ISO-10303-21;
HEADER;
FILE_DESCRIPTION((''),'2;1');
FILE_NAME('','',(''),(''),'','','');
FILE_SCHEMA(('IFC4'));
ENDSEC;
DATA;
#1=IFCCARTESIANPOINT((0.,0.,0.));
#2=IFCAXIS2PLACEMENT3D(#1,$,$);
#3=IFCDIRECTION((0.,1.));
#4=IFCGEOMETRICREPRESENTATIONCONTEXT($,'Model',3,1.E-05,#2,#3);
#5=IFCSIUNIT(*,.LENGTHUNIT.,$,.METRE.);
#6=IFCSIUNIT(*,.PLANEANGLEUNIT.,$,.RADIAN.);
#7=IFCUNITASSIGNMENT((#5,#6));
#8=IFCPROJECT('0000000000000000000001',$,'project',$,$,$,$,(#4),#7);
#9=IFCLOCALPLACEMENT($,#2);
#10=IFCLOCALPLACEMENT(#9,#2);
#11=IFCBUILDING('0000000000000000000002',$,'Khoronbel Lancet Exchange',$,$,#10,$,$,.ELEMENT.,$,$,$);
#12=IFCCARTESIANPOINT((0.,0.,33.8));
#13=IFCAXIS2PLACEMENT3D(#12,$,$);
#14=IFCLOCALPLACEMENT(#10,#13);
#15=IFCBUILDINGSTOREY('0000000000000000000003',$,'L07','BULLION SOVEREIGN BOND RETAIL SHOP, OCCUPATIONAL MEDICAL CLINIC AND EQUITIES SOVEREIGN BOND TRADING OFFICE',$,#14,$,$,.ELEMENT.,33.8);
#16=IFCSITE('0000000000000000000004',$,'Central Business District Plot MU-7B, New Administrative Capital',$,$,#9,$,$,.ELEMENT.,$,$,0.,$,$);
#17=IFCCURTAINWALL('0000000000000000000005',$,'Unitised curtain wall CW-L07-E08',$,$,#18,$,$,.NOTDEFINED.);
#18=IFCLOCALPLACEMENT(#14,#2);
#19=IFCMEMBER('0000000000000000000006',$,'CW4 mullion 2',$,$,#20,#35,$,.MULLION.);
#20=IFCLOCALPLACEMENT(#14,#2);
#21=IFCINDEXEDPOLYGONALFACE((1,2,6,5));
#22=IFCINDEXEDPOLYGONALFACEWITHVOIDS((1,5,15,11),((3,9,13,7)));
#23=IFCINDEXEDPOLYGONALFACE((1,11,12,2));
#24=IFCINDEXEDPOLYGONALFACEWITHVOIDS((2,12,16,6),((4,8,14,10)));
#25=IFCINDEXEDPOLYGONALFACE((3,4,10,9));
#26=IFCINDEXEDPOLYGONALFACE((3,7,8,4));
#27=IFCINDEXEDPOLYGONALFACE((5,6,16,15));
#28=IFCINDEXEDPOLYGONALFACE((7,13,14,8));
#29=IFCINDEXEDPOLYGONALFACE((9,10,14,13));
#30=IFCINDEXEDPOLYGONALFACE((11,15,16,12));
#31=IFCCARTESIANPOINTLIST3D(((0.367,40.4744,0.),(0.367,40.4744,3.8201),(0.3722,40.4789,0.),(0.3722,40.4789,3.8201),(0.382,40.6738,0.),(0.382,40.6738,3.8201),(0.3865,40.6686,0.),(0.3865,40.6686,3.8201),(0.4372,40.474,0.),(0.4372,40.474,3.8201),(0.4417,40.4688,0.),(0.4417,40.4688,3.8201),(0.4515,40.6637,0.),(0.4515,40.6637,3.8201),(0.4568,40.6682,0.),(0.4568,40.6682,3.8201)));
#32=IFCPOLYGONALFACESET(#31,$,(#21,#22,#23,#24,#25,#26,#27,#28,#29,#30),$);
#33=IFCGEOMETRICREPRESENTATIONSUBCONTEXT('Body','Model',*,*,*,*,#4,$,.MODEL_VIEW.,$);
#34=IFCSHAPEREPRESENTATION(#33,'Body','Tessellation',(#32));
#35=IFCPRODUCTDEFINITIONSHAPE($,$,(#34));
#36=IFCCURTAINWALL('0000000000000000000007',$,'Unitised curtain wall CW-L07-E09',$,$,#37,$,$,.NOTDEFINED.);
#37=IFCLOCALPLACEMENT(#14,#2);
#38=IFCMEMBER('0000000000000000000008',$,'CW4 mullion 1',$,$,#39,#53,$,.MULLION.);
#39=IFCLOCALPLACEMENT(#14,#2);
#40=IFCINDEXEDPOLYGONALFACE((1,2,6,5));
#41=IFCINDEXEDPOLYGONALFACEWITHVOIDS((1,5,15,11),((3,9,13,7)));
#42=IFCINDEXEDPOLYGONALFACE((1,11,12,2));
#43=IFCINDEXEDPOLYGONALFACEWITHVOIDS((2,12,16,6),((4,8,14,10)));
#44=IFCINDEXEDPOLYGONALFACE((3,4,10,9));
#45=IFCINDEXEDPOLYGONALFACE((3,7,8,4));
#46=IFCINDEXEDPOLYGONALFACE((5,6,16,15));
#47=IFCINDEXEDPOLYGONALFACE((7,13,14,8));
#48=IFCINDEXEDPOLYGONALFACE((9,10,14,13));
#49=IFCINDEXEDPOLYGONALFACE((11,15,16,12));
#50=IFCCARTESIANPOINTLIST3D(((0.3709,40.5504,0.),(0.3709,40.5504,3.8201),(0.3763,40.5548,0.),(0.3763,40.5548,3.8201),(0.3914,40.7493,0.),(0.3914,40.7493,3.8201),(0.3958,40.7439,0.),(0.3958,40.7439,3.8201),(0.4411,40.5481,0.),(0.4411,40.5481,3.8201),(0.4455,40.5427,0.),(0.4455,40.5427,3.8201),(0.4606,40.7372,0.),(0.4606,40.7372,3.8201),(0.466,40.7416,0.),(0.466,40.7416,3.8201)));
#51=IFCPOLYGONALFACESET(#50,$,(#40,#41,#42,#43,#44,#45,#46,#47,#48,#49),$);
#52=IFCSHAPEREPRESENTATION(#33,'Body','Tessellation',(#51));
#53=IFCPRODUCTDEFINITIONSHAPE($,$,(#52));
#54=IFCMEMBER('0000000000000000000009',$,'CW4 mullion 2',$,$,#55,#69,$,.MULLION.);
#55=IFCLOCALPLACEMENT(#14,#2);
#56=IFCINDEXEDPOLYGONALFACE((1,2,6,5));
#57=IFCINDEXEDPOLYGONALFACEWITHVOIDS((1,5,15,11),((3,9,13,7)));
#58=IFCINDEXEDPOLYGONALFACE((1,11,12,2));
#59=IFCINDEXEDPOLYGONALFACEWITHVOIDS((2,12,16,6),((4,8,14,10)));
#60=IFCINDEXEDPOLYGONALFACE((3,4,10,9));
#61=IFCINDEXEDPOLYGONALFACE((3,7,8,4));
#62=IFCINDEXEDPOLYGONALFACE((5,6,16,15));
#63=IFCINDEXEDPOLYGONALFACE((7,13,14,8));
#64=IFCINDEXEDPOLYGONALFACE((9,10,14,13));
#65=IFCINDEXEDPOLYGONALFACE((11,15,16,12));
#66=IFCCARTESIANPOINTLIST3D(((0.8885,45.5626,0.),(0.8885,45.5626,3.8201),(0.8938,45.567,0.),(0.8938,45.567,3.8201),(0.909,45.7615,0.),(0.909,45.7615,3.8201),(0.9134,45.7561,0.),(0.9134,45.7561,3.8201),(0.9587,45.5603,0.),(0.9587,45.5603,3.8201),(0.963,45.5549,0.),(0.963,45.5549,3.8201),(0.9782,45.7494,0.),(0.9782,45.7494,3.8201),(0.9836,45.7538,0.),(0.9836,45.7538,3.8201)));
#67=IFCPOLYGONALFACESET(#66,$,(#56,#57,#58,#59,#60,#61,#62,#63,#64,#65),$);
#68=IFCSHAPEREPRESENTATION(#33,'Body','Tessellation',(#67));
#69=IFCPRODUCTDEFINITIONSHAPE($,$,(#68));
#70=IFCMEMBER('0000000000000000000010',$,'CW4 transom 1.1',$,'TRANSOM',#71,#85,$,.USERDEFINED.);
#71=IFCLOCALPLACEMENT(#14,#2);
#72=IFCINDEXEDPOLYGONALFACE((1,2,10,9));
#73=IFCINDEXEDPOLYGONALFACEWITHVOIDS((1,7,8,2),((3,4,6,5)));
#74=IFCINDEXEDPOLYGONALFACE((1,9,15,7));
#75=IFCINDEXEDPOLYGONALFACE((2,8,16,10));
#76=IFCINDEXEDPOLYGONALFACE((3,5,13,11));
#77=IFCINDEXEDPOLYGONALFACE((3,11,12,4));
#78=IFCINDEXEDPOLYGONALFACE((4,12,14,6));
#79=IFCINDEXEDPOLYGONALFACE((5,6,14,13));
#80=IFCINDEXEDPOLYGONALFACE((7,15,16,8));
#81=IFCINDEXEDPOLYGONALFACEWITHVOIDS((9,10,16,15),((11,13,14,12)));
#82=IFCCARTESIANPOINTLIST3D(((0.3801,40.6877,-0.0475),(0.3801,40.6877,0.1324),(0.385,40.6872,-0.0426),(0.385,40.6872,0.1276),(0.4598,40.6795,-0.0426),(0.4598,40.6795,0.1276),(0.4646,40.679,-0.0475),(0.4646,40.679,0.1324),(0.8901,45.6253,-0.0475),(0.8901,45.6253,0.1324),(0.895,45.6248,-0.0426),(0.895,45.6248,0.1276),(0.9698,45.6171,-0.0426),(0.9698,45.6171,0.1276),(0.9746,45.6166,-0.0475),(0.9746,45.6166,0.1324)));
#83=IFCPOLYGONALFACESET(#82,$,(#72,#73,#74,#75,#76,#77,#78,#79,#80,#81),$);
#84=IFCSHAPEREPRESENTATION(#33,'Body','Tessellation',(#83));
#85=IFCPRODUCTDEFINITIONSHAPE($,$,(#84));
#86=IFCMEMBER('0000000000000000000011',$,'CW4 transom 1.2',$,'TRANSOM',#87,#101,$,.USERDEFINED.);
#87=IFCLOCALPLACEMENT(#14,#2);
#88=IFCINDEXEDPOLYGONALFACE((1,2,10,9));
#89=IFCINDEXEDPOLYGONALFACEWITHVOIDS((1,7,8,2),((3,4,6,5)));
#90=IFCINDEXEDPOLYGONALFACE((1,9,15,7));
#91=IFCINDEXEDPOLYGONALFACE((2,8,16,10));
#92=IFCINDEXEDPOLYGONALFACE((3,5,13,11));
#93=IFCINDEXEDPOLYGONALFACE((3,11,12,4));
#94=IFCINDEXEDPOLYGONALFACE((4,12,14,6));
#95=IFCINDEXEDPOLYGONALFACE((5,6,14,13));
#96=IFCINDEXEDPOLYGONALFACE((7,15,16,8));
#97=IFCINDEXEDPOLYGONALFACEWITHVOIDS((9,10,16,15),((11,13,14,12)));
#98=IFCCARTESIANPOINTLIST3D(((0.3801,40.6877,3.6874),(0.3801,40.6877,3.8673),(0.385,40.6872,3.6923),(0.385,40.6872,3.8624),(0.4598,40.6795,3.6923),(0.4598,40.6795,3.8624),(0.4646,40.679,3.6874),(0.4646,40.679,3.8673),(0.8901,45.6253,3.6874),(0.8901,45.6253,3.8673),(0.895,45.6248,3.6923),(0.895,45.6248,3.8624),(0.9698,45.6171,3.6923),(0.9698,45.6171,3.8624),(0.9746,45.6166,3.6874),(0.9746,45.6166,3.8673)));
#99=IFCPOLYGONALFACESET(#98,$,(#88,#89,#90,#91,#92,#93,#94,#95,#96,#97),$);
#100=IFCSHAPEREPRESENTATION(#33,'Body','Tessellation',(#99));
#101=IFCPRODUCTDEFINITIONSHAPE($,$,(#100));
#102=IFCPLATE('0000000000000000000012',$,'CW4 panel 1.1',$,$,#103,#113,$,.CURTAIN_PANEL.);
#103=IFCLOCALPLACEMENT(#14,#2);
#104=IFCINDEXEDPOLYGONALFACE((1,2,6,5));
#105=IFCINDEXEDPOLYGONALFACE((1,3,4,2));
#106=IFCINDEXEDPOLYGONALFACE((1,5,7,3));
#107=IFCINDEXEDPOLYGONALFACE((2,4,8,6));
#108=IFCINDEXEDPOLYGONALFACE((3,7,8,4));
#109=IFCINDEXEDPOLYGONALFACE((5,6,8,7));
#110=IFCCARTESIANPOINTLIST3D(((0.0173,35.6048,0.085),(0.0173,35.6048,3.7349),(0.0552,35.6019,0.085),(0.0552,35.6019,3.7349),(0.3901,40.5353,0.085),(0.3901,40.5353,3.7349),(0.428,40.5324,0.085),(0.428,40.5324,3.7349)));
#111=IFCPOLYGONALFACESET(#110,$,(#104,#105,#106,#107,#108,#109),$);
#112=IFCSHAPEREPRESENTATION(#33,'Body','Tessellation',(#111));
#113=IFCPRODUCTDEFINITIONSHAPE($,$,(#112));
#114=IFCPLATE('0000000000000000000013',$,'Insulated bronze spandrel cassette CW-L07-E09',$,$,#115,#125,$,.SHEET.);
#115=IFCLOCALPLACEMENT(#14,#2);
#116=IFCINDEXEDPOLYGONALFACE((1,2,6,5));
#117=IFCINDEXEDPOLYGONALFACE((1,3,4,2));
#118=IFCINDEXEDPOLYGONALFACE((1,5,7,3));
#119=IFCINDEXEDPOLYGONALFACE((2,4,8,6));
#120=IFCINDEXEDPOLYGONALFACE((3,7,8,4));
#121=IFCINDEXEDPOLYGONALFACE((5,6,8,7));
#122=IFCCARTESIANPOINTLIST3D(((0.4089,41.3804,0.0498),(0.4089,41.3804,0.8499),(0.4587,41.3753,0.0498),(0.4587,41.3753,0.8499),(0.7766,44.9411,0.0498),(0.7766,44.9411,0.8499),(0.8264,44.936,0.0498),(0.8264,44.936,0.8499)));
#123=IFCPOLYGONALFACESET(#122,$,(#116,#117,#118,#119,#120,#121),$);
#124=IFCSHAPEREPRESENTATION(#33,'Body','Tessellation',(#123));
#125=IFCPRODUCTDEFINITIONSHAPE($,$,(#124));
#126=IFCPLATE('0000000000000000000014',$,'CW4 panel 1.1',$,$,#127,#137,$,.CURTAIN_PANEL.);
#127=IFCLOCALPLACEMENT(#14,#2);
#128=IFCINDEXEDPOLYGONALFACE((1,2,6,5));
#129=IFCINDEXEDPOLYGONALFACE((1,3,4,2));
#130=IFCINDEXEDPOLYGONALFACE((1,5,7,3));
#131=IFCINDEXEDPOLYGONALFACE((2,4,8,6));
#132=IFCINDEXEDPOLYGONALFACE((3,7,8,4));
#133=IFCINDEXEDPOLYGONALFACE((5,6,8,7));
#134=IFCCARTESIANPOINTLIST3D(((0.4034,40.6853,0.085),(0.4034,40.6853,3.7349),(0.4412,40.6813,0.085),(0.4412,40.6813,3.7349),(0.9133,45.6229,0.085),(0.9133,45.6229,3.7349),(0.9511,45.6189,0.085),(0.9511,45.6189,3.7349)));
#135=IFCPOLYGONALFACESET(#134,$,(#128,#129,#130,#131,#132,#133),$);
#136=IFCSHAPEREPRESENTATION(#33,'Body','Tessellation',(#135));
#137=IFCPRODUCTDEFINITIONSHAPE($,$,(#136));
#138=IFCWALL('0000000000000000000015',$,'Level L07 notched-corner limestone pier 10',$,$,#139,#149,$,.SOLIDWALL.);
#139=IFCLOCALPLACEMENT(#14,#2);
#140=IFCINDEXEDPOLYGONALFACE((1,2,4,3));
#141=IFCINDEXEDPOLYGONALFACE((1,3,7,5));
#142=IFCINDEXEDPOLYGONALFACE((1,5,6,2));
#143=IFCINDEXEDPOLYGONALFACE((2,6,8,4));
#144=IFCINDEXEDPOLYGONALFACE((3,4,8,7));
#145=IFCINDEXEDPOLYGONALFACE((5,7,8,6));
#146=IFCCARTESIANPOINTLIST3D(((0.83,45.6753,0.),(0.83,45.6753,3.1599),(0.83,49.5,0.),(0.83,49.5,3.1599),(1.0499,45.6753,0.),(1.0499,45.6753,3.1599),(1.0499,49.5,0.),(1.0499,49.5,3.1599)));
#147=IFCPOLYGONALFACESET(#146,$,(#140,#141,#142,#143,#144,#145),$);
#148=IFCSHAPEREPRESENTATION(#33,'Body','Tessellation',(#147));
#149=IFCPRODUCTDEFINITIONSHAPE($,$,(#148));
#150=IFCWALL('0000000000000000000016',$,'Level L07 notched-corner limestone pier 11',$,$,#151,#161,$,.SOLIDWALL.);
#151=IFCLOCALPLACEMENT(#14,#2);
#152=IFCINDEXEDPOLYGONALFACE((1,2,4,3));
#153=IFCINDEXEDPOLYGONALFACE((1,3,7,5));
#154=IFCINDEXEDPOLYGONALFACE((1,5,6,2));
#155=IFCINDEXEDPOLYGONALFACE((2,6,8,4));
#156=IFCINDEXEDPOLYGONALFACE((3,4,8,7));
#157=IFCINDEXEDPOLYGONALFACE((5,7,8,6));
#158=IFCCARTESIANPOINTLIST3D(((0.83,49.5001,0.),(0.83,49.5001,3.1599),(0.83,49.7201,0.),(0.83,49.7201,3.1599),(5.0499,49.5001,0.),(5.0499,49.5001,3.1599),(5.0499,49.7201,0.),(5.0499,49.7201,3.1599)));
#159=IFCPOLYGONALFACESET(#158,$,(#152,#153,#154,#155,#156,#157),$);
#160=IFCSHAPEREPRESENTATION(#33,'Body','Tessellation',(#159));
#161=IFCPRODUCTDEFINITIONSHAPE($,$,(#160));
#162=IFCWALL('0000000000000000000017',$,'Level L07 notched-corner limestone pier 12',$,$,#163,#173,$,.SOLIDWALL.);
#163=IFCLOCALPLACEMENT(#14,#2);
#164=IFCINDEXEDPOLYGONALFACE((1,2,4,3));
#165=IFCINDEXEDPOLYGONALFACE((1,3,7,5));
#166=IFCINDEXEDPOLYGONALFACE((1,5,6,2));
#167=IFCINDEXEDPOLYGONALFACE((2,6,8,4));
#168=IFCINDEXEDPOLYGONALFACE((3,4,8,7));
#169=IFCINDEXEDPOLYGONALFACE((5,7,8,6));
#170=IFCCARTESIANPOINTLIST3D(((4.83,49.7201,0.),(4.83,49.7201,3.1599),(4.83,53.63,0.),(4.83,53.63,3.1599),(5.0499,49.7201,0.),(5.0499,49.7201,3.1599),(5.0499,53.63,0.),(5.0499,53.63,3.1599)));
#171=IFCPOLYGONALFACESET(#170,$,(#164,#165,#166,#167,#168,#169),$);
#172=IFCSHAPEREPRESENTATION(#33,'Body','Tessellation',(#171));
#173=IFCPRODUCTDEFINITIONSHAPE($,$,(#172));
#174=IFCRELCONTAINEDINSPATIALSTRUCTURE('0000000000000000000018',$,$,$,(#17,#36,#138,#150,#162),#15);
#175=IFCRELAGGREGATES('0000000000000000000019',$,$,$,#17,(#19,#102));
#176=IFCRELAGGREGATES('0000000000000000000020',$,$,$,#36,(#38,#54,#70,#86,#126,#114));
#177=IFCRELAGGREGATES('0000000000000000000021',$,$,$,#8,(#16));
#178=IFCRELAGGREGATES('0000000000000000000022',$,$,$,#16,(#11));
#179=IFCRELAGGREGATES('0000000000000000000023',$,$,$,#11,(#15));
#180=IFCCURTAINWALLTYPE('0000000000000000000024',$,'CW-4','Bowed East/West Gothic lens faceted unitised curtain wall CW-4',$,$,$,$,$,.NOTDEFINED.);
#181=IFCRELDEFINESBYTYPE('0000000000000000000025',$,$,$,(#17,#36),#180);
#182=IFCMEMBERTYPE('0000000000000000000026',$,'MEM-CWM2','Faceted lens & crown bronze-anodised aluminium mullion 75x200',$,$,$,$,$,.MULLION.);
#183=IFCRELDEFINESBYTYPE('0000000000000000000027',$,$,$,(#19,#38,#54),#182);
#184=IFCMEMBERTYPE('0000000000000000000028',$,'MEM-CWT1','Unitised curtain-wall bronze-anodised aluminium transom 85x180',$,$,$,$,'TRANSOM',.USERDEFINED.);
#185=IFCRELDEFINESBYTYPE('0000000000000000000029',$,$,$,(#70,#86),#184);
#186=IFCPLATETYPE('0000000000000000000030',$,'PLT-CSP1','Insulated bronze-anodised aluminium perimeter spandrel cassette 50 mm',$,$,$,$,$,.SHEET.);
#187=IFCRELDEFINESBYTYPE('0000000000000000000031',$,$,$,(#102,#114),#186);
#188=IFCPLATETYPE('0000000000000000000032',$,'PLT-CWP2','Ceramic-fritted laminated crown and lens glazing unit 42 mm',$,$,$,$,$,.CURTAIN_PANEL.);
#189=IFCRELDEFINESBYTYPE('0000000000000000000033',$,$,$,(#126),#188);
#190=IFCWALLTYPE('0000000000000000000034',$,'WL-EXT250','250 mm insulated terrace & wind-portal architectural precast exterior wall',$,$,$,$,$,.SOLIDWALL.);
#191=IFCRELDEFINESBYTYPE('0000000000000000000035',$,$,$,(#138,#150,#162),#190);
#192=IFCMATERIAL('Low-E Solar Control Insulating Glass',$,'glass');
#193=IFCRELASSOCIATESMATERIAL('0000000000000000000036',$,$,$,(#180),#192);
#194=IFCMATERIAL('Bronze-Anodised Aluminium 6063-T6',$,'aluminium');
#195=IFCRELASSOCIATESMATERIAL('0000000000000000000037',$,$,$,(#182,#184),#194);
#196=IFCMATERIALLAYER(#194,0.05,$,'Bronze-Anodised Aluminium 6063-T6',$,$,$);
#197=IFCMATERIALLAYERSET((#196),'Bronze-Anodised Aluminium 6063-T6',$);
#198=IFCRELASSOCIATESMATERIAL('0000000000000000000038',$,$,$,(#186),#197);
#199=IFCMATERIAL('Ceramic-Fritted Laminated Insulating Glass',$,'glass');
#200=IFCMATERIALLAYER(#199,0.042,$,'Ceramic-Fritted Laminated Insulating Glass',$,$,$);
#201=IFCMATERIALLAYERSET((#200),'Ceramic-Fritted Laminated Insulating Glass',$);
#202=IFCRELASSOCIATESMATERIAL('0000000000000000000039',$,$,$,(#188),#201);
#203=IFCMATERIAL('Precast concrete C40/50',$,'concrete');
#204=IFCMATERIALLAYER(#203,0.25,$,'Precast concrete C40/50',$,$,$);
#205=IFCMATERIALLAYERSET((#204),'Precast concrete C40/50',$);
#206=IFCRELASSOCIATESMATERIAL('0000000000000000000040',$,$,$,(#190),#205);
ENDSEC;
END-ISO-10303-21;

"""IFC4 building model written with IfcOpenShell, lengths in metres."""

from ifc_helpers import new_model, si_unit, direction, frame, frame_2d, origin, origin_2d, place, context, subcontext, project, spatial, rectangle, hollow_rectangle, extrude, material, layer, layer_set, material_profile, profile_set, type_object, element, aggregate, save


model = new_model("IFC4")

# Units and contexts
model_context = context("Model", 3, precision=1e-05, world=origin(), true_north=direction((0.0, 1.0)))
body_context = subcontext(model_context, "Body", "Model", "MODEL_VIEW")
ifc_project = project(units=[si_unit("LENGTHUNIT", "METRE"), si_unit("PLANEANGLEUNIT", "RADIAN")], contexts=[model_context])

# Site, building, storey
site_placement = place(None, origin())
site = spatial("IfcSite", under=ifc_project, at=site_placement, Name="Central Business District Plot MU-7B, New Administrative Capital", CompositionType="ELEMENT", RefElevation=0.0)
building_placement = place(site_placement, origin())
building = spatial("IfcBuilding", under=site, at=building_placement, Name="Khoronbel Lancet Exchange", CompositionType="ELEMENT")
storey_placement = place(building_placement, frame((0.0, 0.0, 33.8)))
storey = spatial("IfcBuildingStorey", under=building, at=storey_placement, Name="L07", Description="BULLION SOVEREIGN BOND RETAIL SHOP, OCCUPATIONAL MEDICAL CLINIC AND EQUITIES SOVEREIGN BOND TRADING OFFICE", CompositionType="ELEMENT", Elevation=33.8)

# Curtain wall, member
ifc_material_1 = material(Name="Low-E Solar Control Insulating Glass", Category="glass")
ifc_material_2 = material(Name="Bronze-Anodised Aluminium 6063-T6", Category="aluminium")
curtain_wall_type_1 = type_object("IfcCurtainWallType", Name="CW-4", Description="Bowed East/West Gothic lens faceted unitised curtain wall CW-4", PredefinedType="NOTDEFINED", material=ifc_material_1)
curtain_wall_1_placement = place(storey_placement, origin())
curtain_wall_1 = element("IfcCurtainWall", 1, at=curtain_wall_1_placement, inside=storey, type_object=curtain_wall_type_1, Name="Unitised curtain wall CW-L07-E08", PredefinedType="NOTDEFINED")
ifc_material_profile_1 = material_profile(ifc_material_2, hollow_rectangle(XDim=0.075, YDim=0.2, WallThickness=0.0049, at=origin_2d()), Name="ALU MULLION 75x200")
ifc_profile_set_1 = profile_set([ifc_material_profile_1], Name="Bronze-Anodised Aluminium 6063-T6")
member_type_1 = type_object("IfcMemberType", Name="MEM-CWM2", Description="Faceted lens & crown bronze-anodised aluminium mullion 75x200", PredefinedType="MULLION", material=ifc_profile_set_1)
member_1_placement = place(storey_placement, frame((0.4119, 40.5713, 0.0), z_axis=(0.0, 0.0, 1.0), x_axis=(-0.997154, 0.075395, 0.0)))
member_1 = element("IfcMember", 2, at=member_1_placement, type_object=member_type_1, Name="CW4 mullion 2", PredefinedType="MULLION", context=body_context, shape_type="SweptSolid", body=[
    extrude(hollow_rectangle(XDim=0.075, YDim=0.2, WallThickness=0.0049, at=origin_2d()), origin(), (0.0, 0.0, 1.0), 3.8201),
])

# Curtain wall, members
curtain_wall_2_placement = place(storey_placement, origin())
curtain_wall_2 = element("IfcCurtainWall", 3, at=curtain_wall_2_placement, inside=storey, type_object=curtain_wall_type_1, Name="Unitised curtain wall CW-L07-E09", PredefinedType="NOTDEFINED")
member_2_placement = place(storey_placement, frame((0.4185, 40.646, 0.0), z_axis=(0.0, 0.0, 1.0), x_axis=(-0.99471, 0.102723, 0.0)))
member_2 = element("IfcMember", 4, at=member_2_placement, type_object=member_type_1, Name="CW4 mullion 1", PredefinedType="MULLION", context=body_context, shape_type="SweptSolid", body=[
    extrude(hollow_rectangle(XDim=0.075, YDim=0.2, WallThickness=0.0049, at=origin_2d()), origin(), (0.0, 0.0, 1.0), 3.8201),
])
member_3_placement = place(storey_placement, frame((0.936, 45.6582, 0.0), z_axis=(0.0, 0.0, 1.0), x_axis=(-0.99471, 0.102723, 0.0)))
member_3 = element("IfcMember", 5, at=member_3_placement, type_object=member_type_1, Name="CW4 mullion 2", PredefinedType="MULLION", context=body_context, shape_type="SweptSolid", body=[
    extrude(hollow_rectangle(XDim=0.075, YDim=0.2, WallThickness=0.0049, at=origin_2d()), origin(), (0.0, 0.0, 1.0), 3.8201),
])
ifc_material_profile_2 = material_profile(ifc_material_2, hollow_rectangle(XDim=0.085, YDim=0.1799, WallThickness=0.0049, at=origin_2d()), Name="ALU TRANSOM 85x180")
ifc_profile_set_2 = profile_set([ifc_material_profile_2], Name="Bronze-Anodised Aluminium 6063-T6")
member_type_2 = type_object("IfcMemberType", Name="MEM-CWT1", Description="Unitised curtain-wall bronze-anodised aluminium transom 85x180", ElementType="TRANSOM", PredefinedType="USERDEFINED", material=ifc_profile_set_2)
member_4_placement = place(storey_placement, frame((0.4224, 40.6833, 0.0425), z_axis=(0.102746, 0.994708, 0.0), x_axis=(-0.994708, 0.102746, 0.0)))
member_4 = element("IfcMember", 6, at=member_4_placement, type_object=member_type_2, Name="CW4 transom 1.1", ObjectType="TRANSOM", PredefinedType="USERDEFINED", context=body_context, shape_type="SweptSolid", body=[
    extrude(hollow_rectangle(XDim=0.085, YDim=0.1799, WallThickness=0.0049, at=origin_2d()), origin(), (0.0, 0.0, 1.0), 4.9639),
])
member_5_placement = place(storey_placement, frame((0.4224, 40.6833, 3.7773), z_axis=(0.102746, 0.994708, 0.0), x_axis=(-0.994708, 0.102746, 0.0)))
member_5 = element("IfcMember", 7, at=member_5_placement, type_object=member_type_2, Name="CW4 transom 1.2", ObjectType="TRANSOM", PredefinedType="USERDEFINED", context=body_context, shape_type="SweptSolid", body=[
    extrude(hollow_rectangle(XDim=0.085, YDim=0.1799, WallThickness=0.0049, at=origin_2d()), origin(), (0.0, 0.0, 1.0), 4.9639),
])

# Plates
ifc_layer_1 = layer(ifc_material_2, 0.05, Name="Bronze-Anodised Aluminium 6063-T6")
ifc_layer_set_1 = layer_set([ifc_layer_1], Name="Bronze-Anodised Aluminium 6063-T6")
plate_type_1 = type_object("IfcPlateType", Name="PLT-CSP1", Description="Insulated bronze-anodised aluminium perimeter spandrel cassette 50 mm", PredefinedType="SHEET", material=ifc_layer_set_1)
plate_1_placement = place(storey_placement, frame((0.2227, 38.0686, 0.085), z_axis=(0.0, 0.0, 1.0), x_axis=(0.075395, 0.997154, 0.0)))
plate_1 = element("IfcPlate", 8, at=plate_1_placement, type_object=plate_type_1, Name="CW4 panel 1.1", PredefinedType="CURTAIN_PANEL", context=body_context, shape_type="SweptSolid", body=[
    extrude(rectangle(XDim=4.9446, YDim=0.0381, at=origin_2d()), origin(), (0.0, 0.0, 1.0), 3.6499),
])
aggregate(curtain_wall_1, [member_1, plate_1])
plate_2_placement = place(storey_placement, frame((0.6177, 43.1582, 0.0498), z_axis=(0.0, 0.0, 1.0), x_axis=(0.102723, 0.99471, 0.0)))
plate_2 = element("IfcPlate", 9, at=plate_2_placement, type_object=plate_type_1, Name="Insulated bronze spandrel cassette CW-L07-E09", PredefinedType="SHEET", context=body_context, shape_type="SweptSolid", body=[
    extrude(rectangle(XDim=3.5796, YDim=0.05, at=origin_2d()), origin(), (0.0, 0.0, 1.0), 0.8),
])
ifc_material_3 = material(Name="Ceramic-Fritted Laminated Insulating Glass", Category="glass")
ifc_layer_2 = layer(ifc_material_3, 0.042, Name="Ceramic-Fritted Laminated Insulating Glass")
ifc_layer_set_2 = layer_set([ifc_layer_2], Name="Ceramic-Fritted Laminated Insulating Glass")
plate_type_2 = type_object("IfcPlateType", Name="PLT-CWP2", Description="Ceramic-fritted laminated crown and lens glazing unit 42 mm", PredefinedType="CURTAIN_PANEL", material=ifc_layer_set_2)
plate_3_placement = place(storey_placement, frame((0.6772, 43.1521, 0.085), z_axis=(0.0, 0.0, 1.0), x_axis=(0.102723, 0.99471, 0.0)))
plate_3 = element("IfcPlate", 10, at=plate_3_placement, type_object=plate_type_2, Name="CW4 panel 1.1", PredefinedType="CURTAIN_PANEL", context=body_context, shape_type="SweptSolid", body=[
    extrude(rectangle(XDim=4.9639, YDim=0.0381, at=origin_2d()), origin(), (0.0, 0.0, 1.0), 3.6499),
])
aggregate(curtain_wall_2, [member_2, member_3, member_4, member_5, plate_3, plate_2])

# Walls
ifc_material_4 = material(Name="Precast concrete C40/50", Category="concrete")
ifc_layer_3 = layer(ifc_material_4, 0.25, Name="Precast concrete C40/50")
ifc_layer_set_3 = layer_set([ifc_layer_3], Name="Precast concrete C40/50")
wall_type_1 = type_object("IfcWallType", Name="WL-EXT250", Description="250 mm insulated terrace & wind-portal architectural precast exterior wall", PredefinedType="SOLIDWALL", material=ifc_layer_set_3)
wall_1_placement = place(storey_placement, frame((0.9399, 45.6753, 0.0), z_axis=(0.0, 0.0, 1.0), x_axis=(0.0, 1.0, 0.0)))
element("IfcWall", 11, at=wall_1_placement, inside=storey, type_object=wall_type_1, Name="Level L07 notched-corner limestone pier 10", PredefinedType="SOLIDWALL", context=body_context, shape_type="SweptSolid", body=[
    extrude(rectangle(XDim=3.8247, YDim=0.22, at=frame_2d((1.9124, 0.0))), origin(), (0.0, 0.0, 1.0), 3.1599),
])
wall_2_placement = place(storey_placement, frame((0.8301, 49.6101, 0.0), z_axis=(0.0, 0.0, 1.0), x_axis=(1.0, 0.0, 0.0)))
element("IfcWall", 12, at=wall_2_placement, inside=storey, type_object=wall_type_1, Name="Level L07 notched-corner limestone pier 11", PredefinedType="SOLIDWALL", context=body_context, shape_type="SweptSolid", body=[
    extrude(rectangle(XDim=4.22, YDim=0.22, at=frame_2d((2.1099, 0.0))), origin(), (0.0, 0.0, 1.0), 3.1599),
])
wall_3_placement = place(storey_placement, frame((4.9399, 49.72, 0.0), z_axis=(0.0, 0.0, 1.0), x_axis=(0.0, 1.0, 0.0)))
element("IfcWall", 13, at=wall_3_placement, inside=storey, type_object=wall_type_1, Name="Level L07 notched-corner limestone pier 12", PredefinedType="SOLIDWALL", context=body_context, shape_type="SweptSolid", body=[
    extrude(rectangle(XDim=3.9099, YDim=0.22, at=frame_2d((1.9551, 0.0))), origin(), (0.0, 0.0, 1.0), 3.1599),
])

save(model, "model.ifc")
